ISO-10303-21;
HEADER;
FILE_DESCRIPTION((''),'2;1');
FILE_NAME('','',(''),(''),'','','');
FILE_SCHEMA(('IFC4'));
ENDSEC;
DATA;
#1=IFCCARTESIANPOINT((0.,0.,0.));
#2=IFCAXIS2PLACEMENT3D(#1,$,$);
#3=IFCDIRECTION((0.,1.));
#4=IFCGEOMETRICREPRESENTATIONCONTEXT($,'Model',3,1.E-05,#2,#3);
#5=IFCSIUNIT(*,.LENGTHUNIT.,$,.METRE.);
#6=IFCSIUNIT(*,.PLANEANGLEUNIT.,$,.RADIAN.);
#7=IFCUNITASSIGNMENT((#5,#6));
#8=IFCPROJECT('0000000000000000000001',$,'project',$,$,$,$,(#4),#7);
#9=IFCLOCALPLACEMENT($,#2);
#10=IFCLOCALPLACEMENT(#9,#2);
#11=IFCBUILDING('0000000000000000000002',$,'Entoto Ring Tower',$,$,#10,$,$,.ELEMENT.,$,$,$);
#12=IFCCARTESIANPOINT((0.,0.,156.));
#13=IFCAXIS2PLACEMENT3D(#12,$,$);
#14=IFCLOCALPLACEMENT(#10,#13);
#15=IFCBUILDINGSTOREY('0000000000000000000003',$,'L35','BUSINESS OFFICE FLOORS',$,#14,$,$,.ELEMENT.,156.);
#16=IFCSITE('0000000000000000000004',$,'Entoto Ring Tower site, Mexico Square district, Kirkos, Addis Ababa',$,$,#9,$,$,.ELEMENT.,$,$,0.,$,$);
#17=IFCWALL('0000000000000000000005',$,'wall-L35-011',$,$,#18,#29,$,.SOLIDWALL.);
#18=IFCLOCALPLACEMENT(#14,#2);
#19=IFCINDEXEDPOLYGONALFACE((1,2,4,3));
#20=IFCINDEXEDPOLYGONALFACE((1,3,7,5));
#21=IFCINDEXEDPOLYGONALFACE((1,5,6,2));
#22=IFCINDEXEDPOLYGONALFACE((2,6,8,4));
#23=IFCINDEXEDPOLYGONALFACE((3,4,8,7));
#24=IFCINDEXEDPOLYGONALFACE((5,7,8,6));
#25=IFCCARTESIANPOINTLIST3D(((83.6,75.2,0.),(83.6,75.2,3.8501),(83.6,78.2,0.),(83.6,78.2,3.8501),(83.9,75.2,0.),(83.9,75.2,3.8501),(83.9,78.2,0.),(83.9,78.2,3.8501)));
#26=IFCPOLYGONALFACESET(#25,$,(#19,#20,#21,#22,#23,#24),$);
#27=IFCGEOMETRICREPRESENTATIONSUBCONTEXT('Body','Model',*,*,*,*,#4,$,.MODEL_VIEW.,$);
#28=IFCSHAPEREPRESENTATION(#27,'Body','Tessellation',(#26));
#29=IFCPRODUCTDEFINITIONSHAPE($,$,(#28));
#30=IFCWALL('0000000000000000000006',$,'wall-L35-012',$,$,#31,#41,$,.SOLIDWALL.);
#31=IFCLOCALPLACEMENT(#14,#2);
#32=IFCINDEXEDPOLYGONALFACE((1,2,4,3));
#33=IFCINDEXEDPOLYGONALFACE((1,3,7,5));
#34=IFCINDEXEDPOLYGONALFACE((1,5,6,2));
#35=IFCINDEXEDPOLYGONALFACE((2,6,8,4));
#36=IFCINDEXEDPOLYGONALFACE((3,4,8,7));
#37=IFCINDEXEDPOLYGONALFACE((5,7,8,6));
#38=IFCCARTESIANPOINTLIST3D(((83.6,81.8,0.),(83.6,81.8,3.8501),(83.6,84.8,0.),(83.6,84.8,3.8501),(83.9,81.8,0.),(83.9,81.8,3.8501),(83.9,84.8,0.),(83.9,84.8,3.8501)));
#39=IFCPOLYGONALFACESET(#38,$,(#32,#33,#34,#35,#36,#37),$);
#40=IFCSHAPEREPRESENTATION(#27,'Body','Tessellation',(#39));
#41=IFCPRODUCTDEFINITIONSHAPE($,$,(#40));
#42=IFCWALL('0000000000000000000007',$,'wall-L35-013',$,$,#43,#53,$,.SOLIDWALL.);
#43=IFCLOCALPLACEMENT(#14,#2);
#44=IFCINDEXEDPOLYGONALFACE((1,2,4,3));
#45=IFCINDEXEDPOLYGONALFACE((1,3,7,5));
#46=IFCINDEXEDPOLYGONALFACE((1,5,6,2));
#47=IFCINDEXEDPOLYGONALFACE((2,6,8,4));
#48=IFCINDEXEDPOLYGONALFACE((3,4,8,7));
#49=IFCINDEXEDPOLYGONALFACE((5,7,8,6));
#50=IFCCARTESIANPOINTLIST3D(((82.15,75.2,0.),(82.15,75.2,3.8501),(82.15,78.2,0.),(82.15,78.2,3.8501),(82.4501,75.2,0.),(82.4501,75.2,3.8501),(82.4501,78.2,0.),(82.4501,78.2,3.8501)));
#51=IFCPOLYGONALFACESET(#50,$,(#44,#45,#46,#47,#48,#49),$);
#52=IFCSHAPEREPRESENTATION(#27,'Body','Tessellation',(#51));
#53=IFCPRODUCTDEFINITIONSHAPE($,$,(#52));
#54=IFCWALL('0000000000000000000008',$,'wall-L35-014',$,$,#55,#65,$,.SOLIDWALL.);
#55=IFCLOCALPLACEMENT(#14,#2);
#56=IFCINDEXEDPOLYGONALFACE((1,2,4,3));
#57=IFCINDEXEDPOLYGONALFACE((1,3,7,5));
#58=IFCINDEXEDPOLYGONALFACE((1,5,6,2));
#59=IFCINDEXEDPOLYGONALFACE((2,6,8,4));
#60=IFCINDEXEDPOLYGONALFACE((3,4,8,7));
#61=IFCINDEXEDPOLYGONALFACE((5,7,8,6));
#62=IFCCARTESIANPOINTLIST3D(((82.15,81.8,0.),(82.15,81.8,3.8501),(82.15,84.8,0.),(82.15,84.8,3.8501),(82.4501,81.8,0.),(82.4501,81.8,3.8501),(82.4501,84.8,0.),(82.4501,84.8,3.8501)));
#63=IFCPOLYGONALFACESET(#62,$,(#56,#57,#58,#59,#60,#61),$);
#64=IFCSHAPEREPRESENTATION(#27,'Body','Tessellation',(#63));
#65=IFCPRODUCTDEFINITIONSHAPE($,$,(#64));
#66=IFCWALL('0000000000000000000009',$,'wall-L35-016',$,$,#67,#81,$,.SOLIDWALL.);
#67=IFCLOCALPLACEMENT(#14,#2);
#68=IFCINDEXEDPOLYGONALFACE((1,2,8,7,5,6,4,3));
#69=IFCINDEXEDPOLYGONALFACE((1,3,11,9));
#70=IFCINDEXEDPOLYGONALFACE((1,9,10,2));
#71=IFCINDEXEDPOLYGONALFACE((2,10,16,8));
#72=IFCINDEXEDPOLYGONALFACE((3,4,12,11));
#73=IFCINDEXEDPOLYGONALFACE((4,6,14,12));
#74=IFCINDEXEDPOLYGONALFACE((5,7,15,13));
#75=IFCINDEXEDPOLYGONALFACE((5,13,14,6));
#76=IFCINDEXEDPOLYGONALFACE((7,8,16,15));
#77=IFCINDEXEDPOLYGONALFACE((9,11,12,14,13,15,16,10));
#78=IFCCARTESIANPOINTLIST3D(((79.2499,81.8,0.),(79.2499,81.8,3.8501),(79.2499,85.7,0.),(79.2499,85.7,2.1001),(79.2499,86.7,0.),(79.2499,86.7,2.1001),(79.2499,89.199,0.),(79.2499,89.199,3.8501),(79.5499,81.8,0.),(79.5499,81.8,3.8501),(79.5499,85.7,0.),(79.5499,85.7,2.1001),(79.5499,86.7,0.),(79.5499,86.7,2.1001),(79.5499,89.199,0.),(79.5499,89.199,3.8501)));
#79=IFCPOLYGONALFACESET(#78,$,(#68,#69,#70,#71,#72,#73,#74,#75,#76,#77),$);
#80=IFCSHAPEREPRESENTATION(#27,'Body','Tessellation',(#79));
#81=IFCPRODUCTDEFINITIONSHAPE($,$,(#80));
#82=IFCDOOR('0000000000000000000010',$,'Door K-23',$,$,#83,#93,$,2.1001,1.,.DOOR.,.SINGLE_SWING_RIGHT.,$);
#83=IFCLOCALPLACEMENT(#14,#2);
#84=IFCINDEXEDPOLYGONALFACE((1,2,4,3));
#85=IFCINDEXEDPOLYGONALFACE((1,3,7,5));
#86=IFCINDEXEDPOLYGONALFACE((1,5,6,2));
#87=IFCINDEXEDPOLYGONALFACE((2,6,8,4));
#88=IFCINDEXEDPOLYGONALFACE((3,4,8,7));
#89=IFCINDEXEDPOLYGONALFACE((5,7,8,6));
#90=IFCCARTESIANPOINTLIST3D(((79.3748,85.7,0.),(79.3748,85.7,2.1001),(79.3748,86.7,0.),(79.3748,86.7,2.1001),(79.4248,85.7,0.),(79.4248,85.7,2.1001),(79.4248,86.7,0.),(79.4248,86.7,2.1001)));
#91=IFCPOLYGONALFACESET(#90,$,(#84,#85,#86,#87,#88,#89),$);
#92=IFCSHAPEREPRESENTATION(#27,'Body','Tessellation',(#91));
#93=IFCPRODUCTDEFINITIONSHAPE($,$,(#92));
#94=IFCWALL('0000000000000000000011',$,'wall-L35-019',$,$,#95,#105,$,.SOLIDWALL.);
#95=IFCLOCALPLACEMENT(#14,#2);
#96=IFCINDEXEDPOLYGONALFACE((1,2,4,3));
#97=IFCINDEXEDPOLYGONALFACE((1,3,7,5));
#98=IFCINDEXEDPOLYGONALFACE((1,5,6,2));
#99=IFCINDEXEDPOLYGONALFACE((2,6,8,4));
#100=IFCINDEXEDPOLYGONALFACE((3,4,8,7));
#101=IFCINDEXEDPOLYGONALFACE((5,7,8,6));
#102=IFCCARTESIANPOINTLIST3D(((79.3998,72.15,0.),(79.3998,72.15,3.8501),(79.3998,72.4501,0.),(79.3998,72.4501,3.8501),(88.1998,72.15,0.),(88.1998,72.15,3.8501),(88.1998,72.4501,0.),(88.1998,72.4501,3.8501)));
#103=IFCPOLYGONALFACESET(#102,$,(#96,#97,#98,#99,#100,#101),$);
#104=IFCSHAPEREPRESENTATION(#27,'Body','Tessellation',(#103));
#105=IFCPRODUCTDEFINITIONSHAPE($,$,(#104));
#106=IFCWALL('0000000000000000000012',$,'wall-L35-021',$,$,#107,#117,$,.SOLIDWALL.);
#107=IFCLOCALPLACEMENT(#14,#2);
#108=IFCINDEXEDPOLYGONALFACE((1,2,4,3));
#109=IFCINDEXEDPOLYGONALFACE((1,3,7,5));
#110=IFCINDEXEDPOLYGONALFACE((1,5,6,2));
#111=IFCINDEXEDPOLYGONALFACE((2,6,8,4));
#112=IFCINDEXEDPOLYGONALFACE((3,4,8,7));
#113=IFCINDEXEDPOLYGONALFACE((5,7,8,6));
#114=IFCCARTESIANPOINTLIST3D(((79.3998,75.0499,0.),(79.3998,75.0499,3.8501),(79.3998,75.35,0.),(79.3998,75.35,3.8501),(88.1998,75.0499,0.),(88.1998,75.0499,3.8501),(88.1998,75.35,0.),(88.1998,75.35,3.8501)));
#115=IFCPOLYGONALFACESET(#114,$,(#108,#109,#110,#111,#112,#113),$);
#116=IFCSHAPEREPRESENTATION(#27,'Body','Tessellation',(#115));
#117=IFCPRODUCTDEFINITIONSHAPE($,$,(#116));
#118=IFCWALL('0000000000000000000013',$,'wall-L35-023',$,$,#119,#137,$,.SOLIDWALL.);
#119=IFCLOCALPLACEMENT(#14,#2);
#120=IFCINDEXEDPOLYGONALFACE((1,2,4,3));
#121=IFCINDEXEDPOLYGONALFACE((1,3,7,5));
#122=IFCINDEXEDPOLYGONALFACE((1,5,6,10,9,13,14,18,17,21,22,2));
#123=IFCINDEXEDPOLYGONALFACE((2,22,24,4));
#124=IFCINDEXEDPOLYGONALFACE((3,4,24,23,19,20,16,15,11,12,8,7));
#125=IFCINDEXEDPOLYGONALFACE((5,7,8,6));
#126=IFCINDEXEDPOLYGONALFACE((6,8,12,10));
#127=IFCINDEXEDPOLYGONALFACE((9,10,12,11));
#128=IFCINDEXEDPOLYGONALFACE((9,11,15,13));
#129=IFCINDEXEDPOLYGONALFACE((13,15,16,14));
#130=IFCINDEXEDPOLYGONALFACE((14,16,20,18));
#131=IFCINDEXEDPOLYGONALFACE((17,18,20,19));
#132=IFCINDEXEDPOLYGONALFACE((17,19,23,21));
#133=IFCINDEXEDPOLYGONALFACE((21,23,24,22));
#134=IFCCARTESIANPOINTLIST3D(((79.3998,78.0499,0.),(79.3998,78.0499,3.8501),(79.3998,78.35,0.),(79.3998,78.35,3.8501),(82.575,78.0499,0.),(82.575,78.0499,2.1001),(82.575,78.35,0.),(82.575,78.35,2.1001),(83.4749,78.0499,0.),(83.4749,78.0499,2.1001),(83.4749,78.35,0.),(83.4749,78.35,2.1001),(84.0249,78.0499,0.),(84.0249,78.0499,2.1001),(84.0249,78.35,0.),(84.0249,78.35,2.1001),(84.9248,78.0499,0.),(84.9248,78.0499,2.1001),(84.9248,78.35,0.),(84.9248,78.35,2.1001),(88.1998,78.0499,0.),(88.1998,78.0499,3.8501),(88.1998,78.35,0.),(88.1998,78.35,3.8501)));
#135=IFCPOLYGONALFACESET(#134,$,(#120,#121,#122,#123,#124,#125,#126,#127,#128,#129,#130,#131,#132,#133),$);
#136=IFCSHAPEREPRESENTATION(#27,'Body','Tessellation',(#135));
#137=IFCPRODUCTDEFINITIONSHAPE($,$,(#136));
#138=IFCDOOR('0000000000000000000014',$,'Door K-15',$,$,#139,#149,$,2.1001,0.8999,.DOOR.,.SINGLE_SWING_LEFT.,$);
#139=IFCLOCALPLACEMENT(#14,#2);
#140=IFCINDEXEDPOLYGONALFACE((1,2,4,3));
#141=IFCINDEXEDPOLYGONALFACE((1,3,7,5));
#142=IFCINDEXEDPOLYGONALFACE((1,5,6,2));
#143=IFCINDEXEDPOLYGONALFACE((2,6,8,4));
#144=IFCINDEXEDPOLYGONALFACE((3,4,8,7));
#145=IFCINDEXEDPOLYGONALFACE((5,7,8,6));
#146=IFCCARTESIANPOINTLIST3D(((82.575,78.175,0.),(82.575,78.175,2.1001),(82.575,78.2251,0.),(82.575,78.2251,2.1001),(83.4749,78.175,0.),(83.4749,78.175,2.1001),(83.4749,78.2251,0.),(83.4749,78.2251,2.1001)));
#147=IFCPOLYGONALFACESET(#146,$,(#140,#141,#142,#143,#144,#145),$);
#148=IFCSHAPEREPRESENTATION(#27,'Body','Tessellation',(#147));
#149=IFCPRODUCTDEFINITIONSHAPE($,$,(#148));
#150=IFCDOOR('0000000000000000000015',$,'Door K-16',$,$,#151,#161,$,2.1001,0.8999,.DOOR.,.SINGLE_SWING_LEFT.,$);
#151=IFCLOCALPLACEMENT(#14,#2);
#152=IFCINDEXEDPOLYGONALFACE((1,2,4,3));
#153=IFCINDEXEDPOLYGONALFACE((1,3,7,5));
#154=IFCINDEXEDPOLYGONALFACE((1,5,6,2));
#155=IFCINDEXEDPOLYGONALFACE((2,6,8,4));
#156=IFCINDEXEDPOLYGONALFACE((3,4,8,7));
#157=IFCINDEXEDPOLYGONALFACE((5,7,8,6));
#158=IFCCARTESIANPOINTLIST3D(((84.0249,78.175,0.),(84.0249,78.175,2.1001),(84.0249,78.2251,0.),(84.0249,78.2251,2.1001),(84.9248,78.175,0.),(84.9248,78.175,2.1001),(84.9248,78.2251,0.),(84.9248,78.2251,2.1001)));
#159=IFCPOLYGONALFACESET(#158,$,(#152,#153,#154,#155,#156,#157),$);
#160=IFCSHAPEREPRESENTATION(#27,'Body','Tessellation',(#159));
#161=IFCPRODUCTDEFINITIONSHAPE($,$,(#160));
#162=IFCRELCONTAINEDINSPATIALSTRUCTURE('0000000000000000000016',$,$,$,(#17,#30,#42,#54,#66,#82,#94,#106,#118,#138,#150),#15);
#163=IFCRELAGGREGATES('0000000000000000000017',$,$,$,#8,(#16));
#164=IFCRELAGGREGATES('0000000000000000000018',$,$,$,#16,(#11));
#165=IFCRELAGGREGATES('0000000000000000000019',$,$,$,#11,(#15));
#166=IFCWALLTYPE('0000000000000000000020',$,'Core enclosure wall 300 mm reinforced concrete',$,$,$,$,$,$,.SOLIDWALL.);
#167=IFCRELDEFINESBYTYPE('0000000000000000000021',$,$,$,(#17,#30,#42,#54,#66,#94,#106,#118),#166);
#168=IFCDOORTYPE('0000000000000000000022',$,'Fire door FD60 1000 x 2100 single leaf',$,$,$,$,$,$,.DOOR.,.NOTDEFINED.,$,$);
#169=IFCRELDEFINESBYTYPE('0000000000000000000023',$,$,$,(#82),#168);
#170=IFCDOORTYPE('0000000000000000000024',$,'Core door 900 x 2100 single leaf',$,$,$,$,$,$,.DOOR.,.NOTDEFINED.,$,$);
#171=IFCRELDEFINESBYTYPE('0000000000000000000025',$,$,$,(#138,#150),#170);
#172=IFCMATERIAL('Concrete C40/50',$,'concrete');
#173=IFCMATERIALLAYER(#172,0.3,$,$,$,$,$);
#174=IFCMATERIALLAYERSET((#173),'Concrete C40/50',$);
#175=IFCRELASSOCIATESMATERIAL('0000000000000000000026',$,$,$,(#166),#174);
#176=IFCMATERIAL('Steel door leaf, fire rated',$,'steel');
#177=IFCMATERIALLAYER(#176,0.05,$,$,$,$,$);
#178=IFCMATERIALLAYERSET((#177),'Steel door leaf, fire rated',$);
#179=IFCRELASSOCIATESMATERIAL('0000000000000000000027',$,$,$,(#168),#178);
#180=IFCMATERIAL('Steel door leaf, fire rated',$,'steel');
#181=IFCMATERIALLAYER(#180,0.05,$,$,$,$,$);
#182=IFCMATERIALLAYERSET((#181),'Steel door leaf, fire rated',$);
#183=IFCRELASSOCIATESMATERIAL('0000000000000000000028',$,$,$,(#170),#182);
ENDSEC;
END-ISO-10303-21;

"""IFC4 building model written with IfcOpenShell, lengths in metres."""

from ifc_helpers import new_model, si_unit, direction, frame, frame_2d, origin, place, context, subcontext, project, spatial, rectangle, extrude, material, layer, layer_set, type_object, element, fill, save


model = new_model("IFC4")

# Units and contexts
model_context = context("Model", 3, precision=1e-05, world=origin(), true_north=direction((0.0, 1.0)))
body_context = subcontext(model_context, "Body", "Model", "MODEL_VIEW")
ifc_project = project(units=[si_unit("LENGTHUNIT", "METRE"), si_unit("PLANEANGLEUNIT", "RADIAN")], contexts=[model_context])

# Site, building, storey
site_placement = place(None, origin())
site = spatial("IfcSite", under=ifc_project, at=site_placement, Name="Entoto Ring Tower site, Mexico Square district, Kirkos, Addis Ababa", CompositionType="ELEMENT", RefElevation=0.0)
building_placement = place(site_placement, origin())
building = spatial("IfcBuilding", under=site, at=building_placement, Name="Entoto Ring Tower", CompositionType="ELEMENT")
storey_placement = place(building_placement, frame((0.0, 0.0, 156.0)))
storey = spatial("IfcBuildingStorey", under=building, at=storey_placement, Name="L35", Description="BUSINESS OFFICE FLOORS", CompositionType="ELEMENT", Elevation=156.0)

# Walls
ifc_material_1 = material(Name="Concrete C40/50", Category="concrete")
ifc_layer_1 = layer(ifc_material_1, 0.3)
ifc_layer_set_1 = layer_set([ifc_layer_1], Name="Concrete C40/50")
wall_type_1 = type_object("IfcWallType", Name="Core enclosure wall 300 mm reinforced concrete", PredefinedType="SOLIDWALL", material=ifc_layer_set_1)
for number, where, z_axis, x_axis, name in (
    (1, (83.75, 75.2, 0.0), (0.0, 0.0, 1.0), (0.0, 1.0, 0.0), "wall-L35-011"),
    (2, (83.75, 81.8, 0.0), (0.0, 0.0, 1.0), (0.0, 1.0, 0.0), "wall-L35-012"),
    (3, (82.3, 75.2, 0.0), (0.0, 0.0, 1.0), (0.0, 1.0, 0.0), "wall-L35-013"),
    (4, (82.3, 81.8, 0.0), (0.0, 0.0, 1.0), (0.0, 1.0, 0.0), "wall-L35-014"),
):
    element("IfcWall", number, at=place(storey_placement, frame(where, z_axis=z_axis, x_axis=x_axis)), inside=storey, type_object=wall_type_1, Name=name, PredefinedType="SOLIDWALL", context=body_context, shape_type="SweptSolid", body=[
        extrude(rectangle(XDim=3.0, YDim=0.3, at=frame_2d((1.5, 0.0))), origin(), (0.0, 0.0, 1.0), 3.8501),
    ])

# Wall, opening, door
wall_1_placement = place(storey_placement, frame((79.3999, 81.8, 0.0), z_axis=(0.0, 0.0, 1.0), x_axis=(0.0, 1.0, 0.0)))
wall_1 = element("IfcWall", 5, at=wall_1_placement, inside=storey, type_object=wall_type_1, Name="wall-L35-016", PredefinedType="SOLIDWALL", context=body_context, shape_type="SweptSolid", body=[
    extrude(rectangle(XDim=7.3989, YDim=0.3, at=frame_2d((3.6995, 0.0))), origin(), (0.0, 0.0, 1.0), 3.8501),
])
opening_1_placement = place(wall_1_placement, frame((3.8999, 0.0, 0.0)))
opening_1 = element("IfcOpeningElement", 6, at=opening_1_placement, cuts=wall_1, PredefinedType="OPENING", context=body_context, shape_type="SweptSolid", body=[
    extrude(rectangle(XDim=1.0, YDim=2.1001, at=frame_2d((0.5, 1.05))), frame((0.0, 0.1602, 0.0), z_axis=(0.0, -1.0, 0.0), x_axis=(1.0, 0.0, 0.0)), (0.0, 0.0, 1.0), 0.3201),
])
ifc_material_2 = material(Name="Steel door leaf, fire rated", Category="steel")
ifc_layer_2 = layer(ifc_material_2, 0.05)
ifc_layer_set_2 = layer_set([ifc_layer_2], Name="Steel door leaf, fire rated")
door_type_1 = type_object("IfcDoorType", Name="Fire door FD60 1000 x 2100 single leaf", OperationType="NOTDEFINED", PredefinedType="DOOR", material=ifc_layer_set_2)
door_1_placement = place(opening_1_placement, frame((1.0, 0.0, 0.0), z_axis=(0.0, 0.0, 1.0), x_axis=(-1.0, 0.0, 0.0)))
door_1 = element("IfcDoor", 7, at=door_1_placement, inside=storey, type_object=door_type_1, Name="Door K-23", OperationType="SINGLE_SWING_RIGHT", OverallHeight=2.1001, OverallWidth=1.0, PredefinedType="DOOR", context=body_context, shape_type="SweptSolid", body=[
    extrude(rectangle(XDim=1.0, YDim=2.1001, at=frame_2d((0.5, 1.05))), frame((0.0, 0.0249, 0.0), z_axis=(0.0, -1.0, 0.0), x_axis=(1.0, 0.0, 0.0)), (0.0, 0.0, 1.0), 0.05),
])
fill(opening_1, door_1)

# Walls
for number, where, z_axis, x_axis, name in (
    (8, (79.3999, 72.3, 0.0), (0.0, 0.0, 1.0), (1.0, 0.0, 0.0), "wall-L35-019"),
    (9, (79.3999, 75.2, 0.0), (0.0, 0.0, 1.0), (1.0, 0.0, 0.0), "wall-L35-021"),
):
    element("IfcWall", number, at=place(storey_placement, frame(where, z_axis=z_axis, x_axis=x_axis)), inside=storey, type_object=wall_type_1, Name=name, PredefinedType="SOLIDWALL", context=body_context, shape_type="SweptSolid", body=[
        extrude(rectangle(XDim=8.8, YDim=0.3, at=frame_2d((4.3999, 0.0))), origin(), (0.0, 0.0, 1.0), 3.8501),
    ])

# Wall, openings, doors
wall_2_placement = place(storey_placement, frame((79.3999, 78.2, 0.0), z_axis=(0.0, 0.0, 1.0), x_axis=(1.0, 0.0, 0.0)))
wall_2 = element("IfcWall", 10, at=wall_2_placement, inside=storey, type_object=wall_type_1, Name="wall-L35-023", PredefinedType="SOLIDWALL", context=body_context, shape_type="SweptSolid", body=[
    extrude(rectangle(XDim=8.8, YDim=0.3, at=frame_2d((4.3999, 0.0))), origin(), (0.0, 0.0, 1.0), 3.8501),
])
opening_2_placement = place(wall_2_placement, frame((3.175, 0.0, 0.0)))
opening_2 = element("IfcOpeningElement", 11, at=opening_2_placement, cuts=wall_2, PredefinedType="OPENING", context=body_context, shape_type="SweptSolid", body=[
    extrude(rectangle(XDim=0.8999, YDim=2.1001, at=frame_2d((0.45, 1.05))), frame((0.0, 0.1602, 0.0), z_axis=(0.0, -1.0, 0.0), x_axis=(1.0, 0.0, 0.0)), (0.0, 0.0, 1.0), 0.3201),
])
opening_3_placement = place(wall_2_placement, frame((4.625, 0.0, 0.0)))
opening_3 = element("IfcOpeningElement", 12, at=opening_3_placement, cuts=wall_2, PredefinedType="OPENING", context=body_context, shape_type="SweptSolid", body=[
    extrude(rectangle(XDim=0.8999, YDim=2.1001, at=frame_2d((0.45, 1.05))), frame((0.0, 0.1602, 0.0), z_axis=(0.0, -1.0, 0.0), x_axis=(1.0, 0.0, 0.0)), (0.0, 0.0, 1.0), 0.3201),
])
ifc_material_3 = material(Name="Steel door leaf, fire rated", Category="steel")
ifc_layer_3 = layer(ifc_material_3, 0.05)
ifc_layer_set_3 = layer_set([ifc_layer_3], Name="Steel door leaf, fire rated")
door_type_2 = type_object("IfcDoorType", Name="Core door 900 x 2100 single leaf", OperationType="NOTDEFINED", PredefinedType="DOOR", material=ifc_layer_set_3)
door_2_placement = place(opening_2_placement, frame((0.8999, 0.0, 0.0), z_axis=(0.0, 0.0, 1.0), x_axis=(-1.0, 0.0, 0.0)))
door_2 = element("IfcDoor", 13, at=door_2_placement, inside=storey, type_object=door_type_2, Name="Door K-15", OperationType="SINGLE_SWING_LEFT", OverallHeight=2.1001, OverallWidth=0.8999, PredefinedType="DOOR", context=body_context, shape_type="SweptSolid", body=[
    extrude(rectangle(XDim=0.8999, YDim=2.1001, at=frame_2d((0.45, 1.05))), frame((0.0, 0.0249, 0.0), z_axis=(0.0, -1.0, 0.0), x_axis=(1.0, 0.0, 0.0)), (0.0, 0.0, 1.0), 0.05),
])
fill(opening_2, door_2)
door_3_placement = place(opening_3_placement, frame((0.8999, 0.0, 0.0), z_axis=(0.0, 0.0, 1.0), x_axis=(-1.0, 0.0, 0.0)))
door_3 = element("IfcDoor", 14, at=door_3_placement, inside=storey, type_object=door_type_2, Name="Door K-16", OperationType="SINGLE_SWING_LEFT", OverallHeight=2.1001, OverallWidth=0.8999, PredefinedType="DOOR", context=body_context, shape_type="SweptSolid", body=[
    extrude(rectangle(XDim=0.8999, YDim=2.1001, at=frame_2d((0.45, 1.05))), frame((0.0, 0.0249, 0.0), z_axis=(0.0, -1.0, 0.0), x_axis=(1.0, 0.0, 0.0)), (0.0, 0.0, 1.0), 0.05),
])
fill(opening_3, door_3)

save(model, "model.ifc")
